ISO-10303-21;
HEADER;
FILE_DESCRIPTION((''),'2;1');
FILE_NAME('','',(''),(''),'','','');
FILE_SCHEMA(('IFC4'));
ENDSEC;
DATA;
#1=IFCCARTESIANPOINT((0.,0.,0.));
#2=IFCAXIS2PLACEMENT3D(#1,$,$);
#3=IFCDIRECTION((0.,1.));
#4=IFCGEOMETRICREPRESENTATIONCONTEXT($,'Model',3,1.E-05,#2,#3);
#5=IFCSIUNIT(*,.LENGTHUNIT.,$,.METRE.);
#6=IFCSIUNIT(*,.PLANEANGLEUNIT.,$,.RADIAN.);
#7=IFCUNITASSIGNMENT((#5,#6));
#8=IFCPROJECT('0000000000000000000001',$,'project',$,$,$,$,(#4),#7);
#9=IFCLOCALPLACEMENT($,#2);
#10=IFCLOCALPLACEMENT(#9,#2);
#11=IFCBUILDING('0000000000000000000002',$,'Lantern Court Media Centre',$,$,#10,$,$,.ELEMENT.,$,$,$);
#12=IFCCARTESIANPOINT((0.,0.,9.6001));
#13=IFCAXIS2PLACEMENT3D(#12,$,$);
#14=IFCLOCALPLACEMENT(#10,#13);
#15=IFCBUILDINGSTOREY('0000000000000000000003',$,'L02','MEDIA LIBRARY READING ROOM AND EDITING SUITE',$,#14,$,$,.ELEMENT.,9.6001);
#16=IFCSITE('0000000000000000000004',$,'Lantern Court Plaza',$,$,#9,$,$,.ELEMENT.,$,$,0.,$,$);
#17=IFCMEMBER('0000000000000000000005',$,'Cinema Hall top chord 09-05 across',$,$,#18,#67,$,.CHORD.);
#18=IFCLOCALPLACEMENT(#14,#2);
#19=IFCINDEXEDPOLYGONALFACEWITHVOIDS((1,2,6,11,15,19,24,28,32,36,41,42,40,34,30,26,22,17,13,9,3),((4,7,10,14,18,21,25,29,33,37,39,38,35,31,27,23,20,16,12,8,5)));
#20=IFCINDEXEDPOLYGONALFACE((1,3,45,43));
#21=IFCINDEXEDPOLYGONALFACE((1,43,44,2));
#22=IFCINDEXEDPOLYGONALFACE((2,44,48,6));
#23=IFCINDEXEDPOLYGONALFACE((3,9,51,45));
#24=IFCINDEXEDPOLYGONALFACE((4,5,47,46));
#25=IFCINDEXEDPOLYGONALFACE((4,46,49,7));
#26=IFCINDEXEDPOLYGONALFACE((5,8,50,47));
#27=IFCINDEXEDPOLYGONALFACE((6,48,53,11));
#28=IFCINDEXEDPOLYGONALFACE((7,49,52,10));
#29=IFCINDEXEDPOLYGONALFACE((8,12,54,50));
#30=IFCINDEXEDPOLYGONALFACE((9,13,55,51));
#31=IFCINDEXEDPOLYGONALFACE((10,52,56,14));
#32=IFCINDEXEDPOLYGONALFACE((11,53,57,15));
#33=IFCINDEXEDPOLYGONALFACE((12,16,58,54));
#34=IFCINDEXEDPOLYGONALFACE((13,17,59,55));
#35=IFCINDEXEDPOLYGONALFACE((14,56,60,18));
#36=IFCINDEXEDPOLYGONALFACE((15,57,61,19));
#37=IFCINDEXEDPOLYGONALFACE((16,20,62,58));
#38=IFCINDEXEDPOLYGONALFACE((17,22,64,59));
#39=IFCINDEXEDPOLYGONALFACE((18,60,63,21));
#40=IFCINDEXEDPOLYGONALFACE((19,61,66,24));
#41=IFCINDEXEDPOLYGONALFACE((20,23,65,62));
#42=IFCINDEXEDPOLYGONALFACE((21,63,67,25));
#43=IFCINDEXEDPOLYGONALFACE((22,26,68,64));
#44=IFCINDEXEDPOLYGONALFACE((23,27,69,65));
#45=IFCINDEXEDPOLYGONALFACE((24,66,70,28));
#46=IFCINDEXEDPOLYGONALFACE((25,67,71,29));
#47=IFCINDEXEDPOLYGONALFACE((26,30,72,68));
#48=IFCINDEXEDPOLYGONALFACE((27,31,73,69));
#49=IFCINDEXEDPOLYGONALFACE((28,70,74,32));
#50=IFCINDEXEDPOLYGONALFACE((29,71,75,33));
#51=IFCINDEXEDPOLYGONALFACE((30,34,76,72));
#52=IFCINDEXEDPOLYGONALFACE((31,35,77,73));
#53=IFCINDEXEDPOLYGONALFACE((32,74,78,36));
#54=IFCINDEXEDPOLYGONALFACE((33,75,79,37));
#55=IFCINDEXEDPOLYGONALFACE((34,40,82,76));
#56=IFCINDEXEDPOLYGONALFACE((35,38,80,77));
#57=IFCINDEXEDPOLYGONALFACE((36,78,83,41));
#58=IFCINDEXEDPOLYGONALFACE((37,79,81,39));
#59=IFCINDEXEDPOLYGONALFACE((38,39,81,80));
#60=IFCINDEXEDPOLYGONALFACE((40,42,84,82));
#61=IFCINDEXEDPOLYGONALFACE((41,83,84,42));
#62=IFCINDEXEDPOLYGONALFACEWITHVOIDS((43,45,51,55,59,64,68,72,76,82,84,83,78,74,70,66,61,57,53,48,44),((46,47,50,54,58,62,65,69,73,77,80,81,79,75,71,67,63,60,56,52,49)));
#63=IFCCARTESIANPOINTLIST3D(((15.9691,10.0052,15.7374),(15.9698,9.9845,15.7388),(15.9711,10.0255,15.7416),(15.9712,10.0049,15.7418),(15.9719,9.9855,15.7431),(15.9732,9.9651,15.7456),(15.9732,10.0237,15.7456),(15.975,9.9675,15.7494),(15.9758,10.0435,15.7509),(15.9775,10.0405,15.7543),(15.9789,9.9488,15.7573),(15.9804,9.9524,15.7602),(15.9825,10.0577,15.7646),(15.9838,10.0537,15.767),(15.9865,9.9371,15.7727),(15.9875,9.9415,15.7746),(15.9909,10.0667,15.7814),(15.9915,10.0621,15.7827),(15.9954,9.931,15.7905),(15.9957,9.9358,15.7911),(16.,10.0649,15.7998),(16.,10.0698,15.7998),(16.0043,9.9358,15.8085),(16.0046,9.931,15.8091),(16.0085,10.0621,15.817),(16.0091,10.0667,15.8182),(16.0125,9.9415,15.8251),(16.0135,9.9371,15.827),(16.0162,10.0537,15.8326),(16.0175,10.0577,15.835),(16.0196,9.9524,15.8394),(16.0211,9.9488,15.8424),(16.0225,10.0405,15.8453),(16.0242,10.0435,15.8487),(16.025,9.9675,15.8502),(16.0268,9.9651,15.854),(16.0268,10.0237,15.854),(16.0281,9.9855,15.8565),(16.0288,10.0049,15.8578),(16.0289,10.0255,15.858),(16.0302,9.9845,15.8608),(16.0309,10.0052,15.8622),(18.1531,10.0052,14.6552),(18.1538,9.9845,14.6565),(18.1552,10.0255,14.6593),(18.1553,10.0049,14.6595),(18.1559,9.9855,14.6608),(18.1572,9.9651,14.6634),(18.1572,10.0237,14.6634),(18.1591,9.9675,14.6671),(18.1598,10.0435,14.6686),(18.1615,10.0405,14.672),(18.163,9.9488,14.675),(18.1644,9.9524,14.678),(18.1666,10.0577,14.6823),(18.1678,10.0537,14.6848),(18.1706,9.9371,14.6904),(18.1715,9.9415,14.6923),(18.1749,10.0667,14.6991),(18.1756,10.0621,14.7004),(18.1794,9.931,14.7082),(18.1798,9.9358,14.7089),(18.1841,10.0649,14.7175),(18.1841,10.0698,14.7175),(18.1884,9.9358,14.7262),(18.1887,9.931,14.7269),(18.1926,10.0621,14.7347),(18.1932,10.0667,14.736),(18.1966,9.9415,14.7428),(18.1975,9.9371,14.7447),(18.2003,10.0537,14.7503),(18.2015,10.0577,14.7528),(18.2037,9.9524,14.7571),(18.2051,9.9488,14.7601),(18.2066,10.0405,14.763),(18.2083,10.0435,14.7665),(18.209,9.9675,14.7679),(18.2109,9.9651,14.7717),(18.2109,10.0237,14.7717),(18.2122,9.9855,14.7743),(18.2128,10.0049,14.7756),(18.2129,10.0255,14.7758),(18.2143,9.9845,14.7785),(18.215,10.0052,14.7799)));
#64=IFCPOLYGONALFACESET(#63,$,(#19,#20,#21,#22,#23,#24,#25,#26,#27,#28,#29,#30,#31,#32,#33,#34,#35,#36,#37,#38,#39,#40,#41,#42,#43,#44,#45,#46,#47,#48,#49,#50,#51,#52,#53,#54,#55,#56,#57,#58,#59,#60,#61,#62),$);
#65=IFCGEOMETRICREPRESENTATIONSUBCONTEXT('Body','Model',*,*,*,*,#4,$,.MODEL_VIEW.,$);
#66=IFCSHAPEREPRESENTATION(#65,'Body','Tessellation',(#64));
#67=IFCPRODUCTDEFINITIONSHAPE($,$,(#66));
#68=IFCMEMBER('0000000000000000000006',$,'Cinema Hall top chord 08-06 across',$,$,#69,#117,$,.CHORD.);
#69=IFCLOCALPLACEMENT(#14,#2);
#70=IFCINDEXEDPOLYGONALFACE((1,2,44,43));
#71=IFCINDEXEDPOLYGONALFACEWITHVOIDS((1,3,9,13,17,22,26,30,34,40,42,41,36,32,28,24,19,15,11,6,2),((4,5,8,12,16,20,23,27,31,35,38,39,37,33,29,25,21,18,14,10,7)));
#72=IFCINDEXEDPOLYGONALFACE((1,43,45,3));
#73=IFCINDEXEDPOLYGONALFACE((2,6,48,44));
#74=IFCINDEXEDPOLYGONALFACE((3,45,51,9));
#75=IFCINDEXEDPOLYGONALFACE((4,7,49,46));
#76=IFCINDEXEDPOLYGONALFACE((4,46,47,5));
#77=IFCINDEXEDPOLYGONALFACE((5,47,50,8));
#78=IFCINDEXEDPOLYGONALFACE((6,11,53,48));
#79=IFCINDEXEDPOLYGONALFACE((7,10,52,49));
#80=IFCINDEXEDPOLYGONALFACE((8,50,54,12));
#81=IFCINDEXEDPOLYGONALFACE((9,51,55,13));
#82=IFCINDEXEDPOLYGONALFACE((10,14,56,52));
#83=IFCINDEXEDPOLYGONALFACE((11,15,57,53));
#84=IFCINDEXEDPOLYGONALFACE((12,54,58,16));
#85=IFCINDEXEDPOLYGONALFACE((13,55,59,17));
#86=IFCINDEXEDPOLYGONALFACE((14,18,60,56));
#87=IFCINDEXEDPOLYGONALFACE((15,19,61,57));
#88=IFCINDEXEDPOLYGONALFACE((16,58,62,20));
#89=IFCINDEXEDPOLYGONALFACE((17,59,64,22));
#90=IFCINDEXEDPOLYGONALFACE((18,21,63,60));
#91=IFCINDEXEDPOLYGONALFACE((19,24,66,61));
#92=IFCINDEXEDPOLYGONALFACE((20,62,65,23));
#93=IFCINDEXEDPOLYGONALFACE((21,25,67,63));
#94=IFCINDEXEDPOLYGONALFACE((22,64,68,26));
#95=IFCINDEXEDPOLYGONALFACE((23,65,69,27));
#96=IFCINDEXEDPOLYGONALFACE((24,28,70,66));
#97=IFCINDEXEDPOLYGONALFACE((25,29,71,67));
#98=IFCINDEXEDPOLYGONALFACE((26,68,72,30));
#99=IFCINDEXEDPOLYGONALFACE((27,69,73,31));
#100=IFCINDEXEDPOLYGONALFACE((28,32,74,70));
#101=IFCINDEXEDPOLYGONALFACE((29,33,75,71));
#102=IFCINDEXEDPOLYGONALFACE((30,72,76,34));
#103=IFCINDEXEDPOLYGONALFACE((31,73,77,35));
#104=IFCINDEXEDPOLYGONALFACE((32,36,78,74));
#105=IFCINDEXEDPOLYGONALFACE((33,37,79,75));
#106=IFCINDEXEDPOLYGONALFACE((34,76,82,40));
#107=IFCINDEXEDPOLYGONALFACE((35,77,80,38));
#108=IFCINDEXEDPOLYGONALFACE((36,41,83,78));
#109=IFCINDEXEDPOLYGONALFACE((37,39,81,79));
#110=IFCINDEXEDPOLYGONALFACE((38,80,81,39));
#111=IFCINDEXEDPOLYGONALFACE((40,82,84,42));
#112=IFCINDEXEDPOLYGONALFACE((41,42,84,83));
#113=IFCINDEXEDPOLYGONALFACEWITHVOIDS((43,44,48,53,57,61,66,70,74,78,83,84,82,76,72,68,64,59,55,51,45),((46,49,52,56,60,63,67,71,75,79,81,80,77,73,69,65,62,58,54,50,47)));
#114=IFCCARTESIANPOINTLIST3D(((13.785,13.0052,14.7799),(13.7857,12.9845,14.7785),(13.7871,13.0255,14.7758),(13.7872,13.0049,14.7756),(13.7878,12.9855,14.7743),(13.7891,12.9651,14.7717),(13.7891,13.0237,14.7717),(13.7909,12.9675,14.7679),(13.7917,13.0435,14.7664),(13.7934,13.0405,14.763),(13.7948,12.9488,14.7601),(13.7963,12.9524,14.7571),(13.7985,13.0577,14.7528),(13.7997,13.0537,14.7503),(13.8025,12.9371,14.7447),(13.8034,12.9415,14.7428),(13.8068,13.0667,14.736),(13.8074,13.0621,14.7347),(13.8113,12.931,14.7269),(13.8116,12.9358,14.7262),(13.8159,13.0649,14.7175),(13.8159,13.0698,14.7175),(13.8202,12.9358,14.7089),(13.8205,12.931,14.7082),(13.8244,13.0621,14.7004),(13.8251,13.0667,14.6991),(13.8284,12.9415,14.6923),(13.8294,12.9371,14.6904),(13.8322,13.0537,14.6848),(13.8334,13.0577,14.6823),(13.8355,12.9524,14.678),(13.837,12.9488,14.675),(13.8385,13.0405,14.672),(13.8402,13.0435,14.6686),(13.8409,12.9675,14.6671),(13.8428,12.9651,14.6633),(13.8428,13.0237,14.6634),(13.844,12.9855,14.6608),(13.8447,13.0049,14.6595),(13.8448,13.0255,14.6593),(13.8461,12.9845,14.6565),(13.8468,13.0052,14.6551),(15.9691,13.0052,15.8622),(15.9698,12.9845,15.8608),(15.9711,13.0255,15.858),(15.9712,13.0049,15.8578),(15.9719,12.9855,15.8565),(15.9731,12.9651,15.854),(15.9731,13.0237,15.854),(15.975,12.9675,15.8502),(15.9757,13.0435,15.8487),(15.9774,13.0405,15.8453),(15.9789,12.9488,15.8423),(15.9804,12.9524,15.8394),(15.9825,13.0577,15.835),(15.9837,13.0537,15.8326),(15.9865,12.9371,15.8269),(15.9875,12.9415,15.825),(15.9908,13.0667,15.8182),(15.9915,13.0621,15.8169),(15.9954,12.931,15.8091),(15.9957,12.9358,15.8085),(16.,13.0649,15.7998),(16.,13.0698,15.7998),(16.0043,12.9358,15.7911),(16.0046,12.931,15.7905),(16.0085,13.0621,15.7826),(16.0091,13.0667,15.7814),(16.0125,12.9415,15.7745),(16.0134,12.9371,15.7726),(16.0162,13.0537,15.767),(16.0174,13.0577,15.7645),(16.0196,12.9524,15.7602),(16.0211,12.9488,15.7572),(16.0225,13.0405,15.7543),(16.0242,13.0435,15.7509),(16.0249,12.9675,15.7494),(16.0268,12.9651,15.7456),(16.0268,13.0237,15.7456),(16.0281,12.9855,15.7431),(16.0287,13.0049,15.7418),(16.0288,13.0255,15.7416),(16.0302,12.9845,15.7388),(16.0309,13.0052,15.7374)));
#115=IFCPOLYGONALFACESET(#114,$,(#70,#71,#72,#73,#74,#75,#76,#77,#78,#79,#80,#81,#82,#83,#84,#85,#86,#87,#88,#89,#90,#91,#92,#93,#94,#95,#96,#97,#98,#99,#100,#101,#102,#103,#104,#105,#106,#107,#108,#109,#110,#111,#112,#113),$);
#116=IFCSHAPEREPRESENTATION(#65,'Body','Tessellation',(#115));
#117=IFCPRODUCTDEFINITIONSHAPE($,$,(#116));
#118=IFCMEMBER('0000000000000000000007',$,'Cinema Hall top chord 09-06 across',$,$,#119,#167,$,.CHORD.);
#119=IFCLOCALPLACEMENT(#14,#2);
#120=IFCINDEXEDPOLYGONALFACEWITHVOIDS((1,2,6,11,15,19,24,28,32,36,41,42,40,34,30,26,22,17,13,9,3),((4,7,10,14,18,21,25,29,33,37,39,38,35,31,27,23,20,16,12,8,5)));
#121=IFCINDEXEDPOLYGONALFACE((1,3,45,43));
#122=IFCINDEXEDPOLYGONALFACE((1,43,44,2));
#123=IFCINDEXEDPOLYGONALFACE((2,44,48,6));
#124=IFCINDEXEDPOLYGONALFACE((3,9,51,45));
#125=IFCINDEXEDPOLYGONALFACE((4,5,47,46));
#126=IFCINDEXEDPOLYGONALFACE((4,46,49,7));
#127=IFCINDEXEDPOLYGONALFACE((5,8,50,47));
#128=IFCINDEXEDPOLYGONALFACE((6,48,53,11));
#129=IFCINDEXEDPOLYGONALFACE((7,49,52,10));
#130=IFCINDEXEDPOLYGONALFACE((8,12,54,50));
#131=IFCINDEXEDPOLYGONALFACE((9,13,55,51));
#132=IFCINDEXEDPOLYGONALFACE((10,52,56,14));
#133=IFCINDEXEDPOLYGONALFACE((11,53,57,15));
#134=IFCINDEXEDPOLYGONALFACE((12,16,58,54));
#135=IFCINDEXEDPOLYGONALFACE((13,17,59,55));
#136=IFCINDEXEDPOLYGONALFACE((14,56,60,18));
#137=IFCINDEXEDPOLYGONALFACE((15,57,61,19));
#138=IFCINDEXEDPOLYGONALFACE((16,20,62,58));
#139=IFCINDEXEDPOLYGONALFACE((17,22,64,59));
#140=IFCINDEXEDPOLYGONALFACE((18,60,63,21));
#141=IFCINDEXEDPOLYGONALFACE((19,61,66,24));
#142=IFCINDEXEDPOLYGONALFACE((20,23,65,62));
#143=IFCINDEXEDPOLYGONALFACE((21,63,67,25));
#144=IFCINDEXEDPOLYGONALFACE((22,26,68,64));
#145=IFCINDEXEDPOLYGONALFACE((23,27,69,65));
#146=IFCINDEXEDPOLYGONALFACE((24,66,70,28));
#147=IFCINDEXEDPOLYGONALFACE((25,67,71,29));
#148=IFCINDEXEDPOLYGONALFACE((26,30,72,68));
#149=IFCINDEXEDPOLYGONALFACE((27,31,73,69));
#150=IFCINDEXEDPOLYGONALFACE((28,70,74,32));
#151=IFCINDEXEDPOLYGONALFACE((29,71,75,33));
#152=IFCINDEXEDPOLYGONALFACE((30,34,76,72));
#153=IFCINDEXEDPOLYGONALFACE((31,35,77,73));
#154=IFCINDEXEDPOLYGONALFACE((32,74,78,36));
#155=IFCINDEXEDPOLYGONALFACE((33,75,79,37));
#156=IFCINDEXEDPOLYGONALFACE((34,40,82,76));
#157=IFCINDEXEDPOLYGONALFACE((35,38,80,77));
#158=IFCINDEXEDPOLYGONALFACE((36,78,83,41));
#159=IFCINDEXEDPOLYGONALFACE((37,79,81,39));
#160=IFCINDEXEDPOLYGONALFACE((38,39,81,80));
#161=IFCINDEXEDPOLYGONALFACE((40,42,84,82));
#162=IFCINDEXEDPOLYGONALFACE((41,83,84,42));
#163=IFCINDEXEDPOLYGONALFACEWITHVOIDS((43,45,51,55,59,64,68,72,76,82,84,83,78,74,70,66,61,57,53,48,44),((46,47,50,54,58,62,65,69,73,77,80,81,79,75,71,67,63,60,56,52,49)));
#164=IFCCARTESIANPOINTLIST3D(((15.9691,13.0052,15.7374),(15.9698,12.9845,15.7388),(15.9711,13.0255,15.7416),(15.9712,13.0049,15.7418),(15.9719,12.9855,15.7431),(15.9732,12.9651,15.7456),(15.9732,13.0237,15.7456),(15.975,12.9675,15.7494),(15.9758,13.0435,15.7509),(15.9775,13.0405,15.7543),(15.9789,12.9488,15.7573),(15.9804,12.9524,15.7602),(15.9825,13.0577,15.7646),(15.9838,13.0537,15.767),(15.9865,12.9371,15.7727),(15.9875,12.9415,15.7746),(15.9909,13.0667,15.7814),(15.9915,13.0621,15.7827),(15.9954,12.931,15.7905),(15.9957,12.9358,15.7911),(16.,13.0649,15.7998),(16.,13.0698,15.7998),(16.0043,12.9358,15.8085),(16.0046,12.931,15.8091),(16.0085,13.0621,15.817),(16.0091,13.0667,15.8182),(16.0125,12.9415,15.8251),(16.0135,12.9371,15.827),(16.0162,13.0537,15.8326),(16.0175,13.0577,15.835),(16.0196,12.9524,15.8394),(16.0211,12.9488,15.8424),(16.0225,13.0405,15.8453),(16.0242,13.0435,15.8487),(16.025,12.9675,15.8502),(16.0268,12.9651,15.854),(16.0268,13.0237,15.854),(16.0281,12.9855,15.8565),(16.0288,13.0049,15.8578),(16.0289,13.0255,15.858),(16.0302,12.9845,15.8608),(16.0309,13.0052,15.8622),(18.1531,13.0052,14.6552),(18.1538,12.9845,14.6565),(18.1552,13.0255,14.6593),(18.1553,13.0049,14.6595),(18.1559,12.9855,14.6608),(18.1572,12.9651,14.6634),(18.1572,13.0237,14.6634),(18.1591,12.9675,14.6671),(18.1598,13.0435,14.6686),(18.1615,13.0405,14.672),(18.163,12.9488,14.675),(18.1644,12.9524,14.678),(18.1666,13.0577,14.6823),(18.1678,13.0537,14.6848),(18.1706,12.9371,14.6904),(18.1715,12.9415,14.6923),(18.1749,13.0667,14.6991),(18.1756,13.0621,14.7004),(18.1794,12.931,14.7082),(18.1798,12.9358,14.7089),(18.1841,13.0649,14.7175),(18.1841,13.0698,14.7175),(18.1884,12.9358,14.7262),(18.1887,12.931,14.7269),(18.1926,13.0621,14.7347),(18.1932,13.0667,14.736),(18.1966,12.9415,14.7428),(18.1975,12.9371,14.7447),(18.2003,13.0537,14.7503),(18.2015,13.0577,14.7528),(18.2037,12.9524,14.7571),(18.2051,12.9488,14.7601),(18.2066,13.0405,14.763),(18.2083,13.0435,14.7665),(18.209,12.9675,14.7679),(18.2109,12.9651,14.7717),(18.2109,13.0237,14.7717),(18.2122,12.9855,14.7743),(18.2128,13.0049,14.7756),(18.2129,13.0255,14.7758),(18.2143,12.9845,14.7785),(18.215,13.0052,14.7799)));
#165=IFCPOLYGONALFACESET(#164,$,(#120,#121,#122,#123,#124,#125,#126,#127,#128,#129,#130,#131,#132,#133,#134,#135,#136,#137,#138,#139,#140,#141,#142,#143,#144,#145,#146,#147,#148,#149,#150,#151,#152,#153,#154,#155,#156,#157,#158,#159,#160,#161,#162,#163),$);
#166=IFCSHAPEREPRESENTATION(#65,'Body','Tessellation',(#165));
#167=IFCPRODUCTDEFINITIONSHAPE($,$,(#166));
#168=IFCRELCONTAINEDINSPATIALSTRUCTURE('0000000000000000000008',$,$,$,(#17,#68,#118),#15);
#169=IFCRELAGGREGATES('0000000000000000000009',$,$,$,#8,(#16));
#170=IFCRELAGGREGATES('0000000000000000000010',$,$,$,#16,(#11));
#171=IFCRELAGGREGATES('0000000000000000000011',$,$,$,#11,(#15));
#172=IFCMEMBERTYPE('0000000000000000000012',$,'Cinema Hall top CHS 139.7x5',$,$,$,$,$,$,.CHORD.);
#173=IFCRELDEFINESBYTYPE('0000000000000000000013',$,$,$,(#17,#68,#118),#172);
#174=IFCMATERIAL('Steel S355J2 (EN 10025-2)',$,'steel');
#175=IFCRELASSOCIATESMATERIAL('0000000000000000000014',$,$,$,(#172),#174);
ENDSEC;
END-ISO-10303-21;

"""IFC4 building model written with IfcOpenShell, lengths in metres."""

from ifc_helpers import new_model, si_unit, direction, frame, origin, origin_2d, place, context, subcontext, project, spatial, hollow_circle, extrude, material, material_profile, profile_set, type_object, element, save


model = new_model("IFC4")

# Units and contexts
model_context = context("Model", 3, precision=1e-05, world=origin(), true_north=direction((0.0, 1.0)))
body_context = subcontext(model_context, "Body", "Model", "MODEL_VIEW")
ifc_project = project(units=[si_unit("LENGTHUNIT", "METRE"), si_unit("PLANEANGLEUNIT", "RADIAN")], contexts=[model_context])

# Site, building, storey
site_placement = place(None, origin())
site = spatial("IfcSite", under=ifc_project, at=site_placement, Name="Lantern Court Plaza", CompositionType="ELEMENT", RefElevation=0.0)
building_placement = place(site_placement, origin())
building = spatial("IfcBuilding", under=site, at=building_placement, Name="Lantern Court Media Centre", CompositionType="ELEMENT")
storey_placement = place(building_placement, frame((0.0, 0.0, 9.6001)))
storey = spatial("IfcBuildingStorey", under=building, at=storey_placement, Name="L02", Description="MEDIA LIBRARY READING ROOM AND EDITING SUITE", CompositionType="ELEMENT", Elevation=9.6001)

# Members
ifc_material = material(Name="Steel S355J2 (EN 10025-2)", Category="steel")
ifc_material_profile_1 = material_profile(ifc_material, hollow_circle(Radius=0.0698, WallThickness=0.0049, at=origin_2d()), Name="Cinema Hall top CHS 139.7x5")
ifc_profile_set_1 = profile_set([ifc_material_profile_1], Name="Steel S355J2 (EN 10025-2)")
member_type_1 = type_object("IfcMemberType", Name="Cinema Hall top CHS 139.7x5", PredefinedType="CHORD", material=ifc_profile_set_1)
for number, where, z_axis, x_axis, name in (
    (1, (16.0, 10.0, 15.7998), (0.896024, 0.0, -0.444006), (0.0, 1.0, 0.0), "Cinema Hall top chord 09-05 across"),
    (2, (13.8159, 13.0, 14.7175), (0.896024, 0.0, 0.444006), (0.0, 1.0, 0.0), "Cinema Hall top chord 08-06 across"),
    (3, (16.0, 13.0, 15.7998), (0.896024, 0.0, -0.444006), (0.0, 1.0, 0.0), "Cinema Hall top chord 09-06 across"),
):
    element("IfcMember", number, at=place(storey_placement, frame(where, z_axis=z_axis, x_axis=x_axis)), inside=storey, type_object=member_type_1, Name=name, PredefinedType="CHORD", context=body_context, shape_type="SweptSolid", body=[
        extrude(hollow_circle(Radius=0.0698, WallThickness=0.0049, at=origin_2d()), origin(), (0.0, 0.0, 1.0), 2.4375),
    ])

save(model, "model.ifc")
